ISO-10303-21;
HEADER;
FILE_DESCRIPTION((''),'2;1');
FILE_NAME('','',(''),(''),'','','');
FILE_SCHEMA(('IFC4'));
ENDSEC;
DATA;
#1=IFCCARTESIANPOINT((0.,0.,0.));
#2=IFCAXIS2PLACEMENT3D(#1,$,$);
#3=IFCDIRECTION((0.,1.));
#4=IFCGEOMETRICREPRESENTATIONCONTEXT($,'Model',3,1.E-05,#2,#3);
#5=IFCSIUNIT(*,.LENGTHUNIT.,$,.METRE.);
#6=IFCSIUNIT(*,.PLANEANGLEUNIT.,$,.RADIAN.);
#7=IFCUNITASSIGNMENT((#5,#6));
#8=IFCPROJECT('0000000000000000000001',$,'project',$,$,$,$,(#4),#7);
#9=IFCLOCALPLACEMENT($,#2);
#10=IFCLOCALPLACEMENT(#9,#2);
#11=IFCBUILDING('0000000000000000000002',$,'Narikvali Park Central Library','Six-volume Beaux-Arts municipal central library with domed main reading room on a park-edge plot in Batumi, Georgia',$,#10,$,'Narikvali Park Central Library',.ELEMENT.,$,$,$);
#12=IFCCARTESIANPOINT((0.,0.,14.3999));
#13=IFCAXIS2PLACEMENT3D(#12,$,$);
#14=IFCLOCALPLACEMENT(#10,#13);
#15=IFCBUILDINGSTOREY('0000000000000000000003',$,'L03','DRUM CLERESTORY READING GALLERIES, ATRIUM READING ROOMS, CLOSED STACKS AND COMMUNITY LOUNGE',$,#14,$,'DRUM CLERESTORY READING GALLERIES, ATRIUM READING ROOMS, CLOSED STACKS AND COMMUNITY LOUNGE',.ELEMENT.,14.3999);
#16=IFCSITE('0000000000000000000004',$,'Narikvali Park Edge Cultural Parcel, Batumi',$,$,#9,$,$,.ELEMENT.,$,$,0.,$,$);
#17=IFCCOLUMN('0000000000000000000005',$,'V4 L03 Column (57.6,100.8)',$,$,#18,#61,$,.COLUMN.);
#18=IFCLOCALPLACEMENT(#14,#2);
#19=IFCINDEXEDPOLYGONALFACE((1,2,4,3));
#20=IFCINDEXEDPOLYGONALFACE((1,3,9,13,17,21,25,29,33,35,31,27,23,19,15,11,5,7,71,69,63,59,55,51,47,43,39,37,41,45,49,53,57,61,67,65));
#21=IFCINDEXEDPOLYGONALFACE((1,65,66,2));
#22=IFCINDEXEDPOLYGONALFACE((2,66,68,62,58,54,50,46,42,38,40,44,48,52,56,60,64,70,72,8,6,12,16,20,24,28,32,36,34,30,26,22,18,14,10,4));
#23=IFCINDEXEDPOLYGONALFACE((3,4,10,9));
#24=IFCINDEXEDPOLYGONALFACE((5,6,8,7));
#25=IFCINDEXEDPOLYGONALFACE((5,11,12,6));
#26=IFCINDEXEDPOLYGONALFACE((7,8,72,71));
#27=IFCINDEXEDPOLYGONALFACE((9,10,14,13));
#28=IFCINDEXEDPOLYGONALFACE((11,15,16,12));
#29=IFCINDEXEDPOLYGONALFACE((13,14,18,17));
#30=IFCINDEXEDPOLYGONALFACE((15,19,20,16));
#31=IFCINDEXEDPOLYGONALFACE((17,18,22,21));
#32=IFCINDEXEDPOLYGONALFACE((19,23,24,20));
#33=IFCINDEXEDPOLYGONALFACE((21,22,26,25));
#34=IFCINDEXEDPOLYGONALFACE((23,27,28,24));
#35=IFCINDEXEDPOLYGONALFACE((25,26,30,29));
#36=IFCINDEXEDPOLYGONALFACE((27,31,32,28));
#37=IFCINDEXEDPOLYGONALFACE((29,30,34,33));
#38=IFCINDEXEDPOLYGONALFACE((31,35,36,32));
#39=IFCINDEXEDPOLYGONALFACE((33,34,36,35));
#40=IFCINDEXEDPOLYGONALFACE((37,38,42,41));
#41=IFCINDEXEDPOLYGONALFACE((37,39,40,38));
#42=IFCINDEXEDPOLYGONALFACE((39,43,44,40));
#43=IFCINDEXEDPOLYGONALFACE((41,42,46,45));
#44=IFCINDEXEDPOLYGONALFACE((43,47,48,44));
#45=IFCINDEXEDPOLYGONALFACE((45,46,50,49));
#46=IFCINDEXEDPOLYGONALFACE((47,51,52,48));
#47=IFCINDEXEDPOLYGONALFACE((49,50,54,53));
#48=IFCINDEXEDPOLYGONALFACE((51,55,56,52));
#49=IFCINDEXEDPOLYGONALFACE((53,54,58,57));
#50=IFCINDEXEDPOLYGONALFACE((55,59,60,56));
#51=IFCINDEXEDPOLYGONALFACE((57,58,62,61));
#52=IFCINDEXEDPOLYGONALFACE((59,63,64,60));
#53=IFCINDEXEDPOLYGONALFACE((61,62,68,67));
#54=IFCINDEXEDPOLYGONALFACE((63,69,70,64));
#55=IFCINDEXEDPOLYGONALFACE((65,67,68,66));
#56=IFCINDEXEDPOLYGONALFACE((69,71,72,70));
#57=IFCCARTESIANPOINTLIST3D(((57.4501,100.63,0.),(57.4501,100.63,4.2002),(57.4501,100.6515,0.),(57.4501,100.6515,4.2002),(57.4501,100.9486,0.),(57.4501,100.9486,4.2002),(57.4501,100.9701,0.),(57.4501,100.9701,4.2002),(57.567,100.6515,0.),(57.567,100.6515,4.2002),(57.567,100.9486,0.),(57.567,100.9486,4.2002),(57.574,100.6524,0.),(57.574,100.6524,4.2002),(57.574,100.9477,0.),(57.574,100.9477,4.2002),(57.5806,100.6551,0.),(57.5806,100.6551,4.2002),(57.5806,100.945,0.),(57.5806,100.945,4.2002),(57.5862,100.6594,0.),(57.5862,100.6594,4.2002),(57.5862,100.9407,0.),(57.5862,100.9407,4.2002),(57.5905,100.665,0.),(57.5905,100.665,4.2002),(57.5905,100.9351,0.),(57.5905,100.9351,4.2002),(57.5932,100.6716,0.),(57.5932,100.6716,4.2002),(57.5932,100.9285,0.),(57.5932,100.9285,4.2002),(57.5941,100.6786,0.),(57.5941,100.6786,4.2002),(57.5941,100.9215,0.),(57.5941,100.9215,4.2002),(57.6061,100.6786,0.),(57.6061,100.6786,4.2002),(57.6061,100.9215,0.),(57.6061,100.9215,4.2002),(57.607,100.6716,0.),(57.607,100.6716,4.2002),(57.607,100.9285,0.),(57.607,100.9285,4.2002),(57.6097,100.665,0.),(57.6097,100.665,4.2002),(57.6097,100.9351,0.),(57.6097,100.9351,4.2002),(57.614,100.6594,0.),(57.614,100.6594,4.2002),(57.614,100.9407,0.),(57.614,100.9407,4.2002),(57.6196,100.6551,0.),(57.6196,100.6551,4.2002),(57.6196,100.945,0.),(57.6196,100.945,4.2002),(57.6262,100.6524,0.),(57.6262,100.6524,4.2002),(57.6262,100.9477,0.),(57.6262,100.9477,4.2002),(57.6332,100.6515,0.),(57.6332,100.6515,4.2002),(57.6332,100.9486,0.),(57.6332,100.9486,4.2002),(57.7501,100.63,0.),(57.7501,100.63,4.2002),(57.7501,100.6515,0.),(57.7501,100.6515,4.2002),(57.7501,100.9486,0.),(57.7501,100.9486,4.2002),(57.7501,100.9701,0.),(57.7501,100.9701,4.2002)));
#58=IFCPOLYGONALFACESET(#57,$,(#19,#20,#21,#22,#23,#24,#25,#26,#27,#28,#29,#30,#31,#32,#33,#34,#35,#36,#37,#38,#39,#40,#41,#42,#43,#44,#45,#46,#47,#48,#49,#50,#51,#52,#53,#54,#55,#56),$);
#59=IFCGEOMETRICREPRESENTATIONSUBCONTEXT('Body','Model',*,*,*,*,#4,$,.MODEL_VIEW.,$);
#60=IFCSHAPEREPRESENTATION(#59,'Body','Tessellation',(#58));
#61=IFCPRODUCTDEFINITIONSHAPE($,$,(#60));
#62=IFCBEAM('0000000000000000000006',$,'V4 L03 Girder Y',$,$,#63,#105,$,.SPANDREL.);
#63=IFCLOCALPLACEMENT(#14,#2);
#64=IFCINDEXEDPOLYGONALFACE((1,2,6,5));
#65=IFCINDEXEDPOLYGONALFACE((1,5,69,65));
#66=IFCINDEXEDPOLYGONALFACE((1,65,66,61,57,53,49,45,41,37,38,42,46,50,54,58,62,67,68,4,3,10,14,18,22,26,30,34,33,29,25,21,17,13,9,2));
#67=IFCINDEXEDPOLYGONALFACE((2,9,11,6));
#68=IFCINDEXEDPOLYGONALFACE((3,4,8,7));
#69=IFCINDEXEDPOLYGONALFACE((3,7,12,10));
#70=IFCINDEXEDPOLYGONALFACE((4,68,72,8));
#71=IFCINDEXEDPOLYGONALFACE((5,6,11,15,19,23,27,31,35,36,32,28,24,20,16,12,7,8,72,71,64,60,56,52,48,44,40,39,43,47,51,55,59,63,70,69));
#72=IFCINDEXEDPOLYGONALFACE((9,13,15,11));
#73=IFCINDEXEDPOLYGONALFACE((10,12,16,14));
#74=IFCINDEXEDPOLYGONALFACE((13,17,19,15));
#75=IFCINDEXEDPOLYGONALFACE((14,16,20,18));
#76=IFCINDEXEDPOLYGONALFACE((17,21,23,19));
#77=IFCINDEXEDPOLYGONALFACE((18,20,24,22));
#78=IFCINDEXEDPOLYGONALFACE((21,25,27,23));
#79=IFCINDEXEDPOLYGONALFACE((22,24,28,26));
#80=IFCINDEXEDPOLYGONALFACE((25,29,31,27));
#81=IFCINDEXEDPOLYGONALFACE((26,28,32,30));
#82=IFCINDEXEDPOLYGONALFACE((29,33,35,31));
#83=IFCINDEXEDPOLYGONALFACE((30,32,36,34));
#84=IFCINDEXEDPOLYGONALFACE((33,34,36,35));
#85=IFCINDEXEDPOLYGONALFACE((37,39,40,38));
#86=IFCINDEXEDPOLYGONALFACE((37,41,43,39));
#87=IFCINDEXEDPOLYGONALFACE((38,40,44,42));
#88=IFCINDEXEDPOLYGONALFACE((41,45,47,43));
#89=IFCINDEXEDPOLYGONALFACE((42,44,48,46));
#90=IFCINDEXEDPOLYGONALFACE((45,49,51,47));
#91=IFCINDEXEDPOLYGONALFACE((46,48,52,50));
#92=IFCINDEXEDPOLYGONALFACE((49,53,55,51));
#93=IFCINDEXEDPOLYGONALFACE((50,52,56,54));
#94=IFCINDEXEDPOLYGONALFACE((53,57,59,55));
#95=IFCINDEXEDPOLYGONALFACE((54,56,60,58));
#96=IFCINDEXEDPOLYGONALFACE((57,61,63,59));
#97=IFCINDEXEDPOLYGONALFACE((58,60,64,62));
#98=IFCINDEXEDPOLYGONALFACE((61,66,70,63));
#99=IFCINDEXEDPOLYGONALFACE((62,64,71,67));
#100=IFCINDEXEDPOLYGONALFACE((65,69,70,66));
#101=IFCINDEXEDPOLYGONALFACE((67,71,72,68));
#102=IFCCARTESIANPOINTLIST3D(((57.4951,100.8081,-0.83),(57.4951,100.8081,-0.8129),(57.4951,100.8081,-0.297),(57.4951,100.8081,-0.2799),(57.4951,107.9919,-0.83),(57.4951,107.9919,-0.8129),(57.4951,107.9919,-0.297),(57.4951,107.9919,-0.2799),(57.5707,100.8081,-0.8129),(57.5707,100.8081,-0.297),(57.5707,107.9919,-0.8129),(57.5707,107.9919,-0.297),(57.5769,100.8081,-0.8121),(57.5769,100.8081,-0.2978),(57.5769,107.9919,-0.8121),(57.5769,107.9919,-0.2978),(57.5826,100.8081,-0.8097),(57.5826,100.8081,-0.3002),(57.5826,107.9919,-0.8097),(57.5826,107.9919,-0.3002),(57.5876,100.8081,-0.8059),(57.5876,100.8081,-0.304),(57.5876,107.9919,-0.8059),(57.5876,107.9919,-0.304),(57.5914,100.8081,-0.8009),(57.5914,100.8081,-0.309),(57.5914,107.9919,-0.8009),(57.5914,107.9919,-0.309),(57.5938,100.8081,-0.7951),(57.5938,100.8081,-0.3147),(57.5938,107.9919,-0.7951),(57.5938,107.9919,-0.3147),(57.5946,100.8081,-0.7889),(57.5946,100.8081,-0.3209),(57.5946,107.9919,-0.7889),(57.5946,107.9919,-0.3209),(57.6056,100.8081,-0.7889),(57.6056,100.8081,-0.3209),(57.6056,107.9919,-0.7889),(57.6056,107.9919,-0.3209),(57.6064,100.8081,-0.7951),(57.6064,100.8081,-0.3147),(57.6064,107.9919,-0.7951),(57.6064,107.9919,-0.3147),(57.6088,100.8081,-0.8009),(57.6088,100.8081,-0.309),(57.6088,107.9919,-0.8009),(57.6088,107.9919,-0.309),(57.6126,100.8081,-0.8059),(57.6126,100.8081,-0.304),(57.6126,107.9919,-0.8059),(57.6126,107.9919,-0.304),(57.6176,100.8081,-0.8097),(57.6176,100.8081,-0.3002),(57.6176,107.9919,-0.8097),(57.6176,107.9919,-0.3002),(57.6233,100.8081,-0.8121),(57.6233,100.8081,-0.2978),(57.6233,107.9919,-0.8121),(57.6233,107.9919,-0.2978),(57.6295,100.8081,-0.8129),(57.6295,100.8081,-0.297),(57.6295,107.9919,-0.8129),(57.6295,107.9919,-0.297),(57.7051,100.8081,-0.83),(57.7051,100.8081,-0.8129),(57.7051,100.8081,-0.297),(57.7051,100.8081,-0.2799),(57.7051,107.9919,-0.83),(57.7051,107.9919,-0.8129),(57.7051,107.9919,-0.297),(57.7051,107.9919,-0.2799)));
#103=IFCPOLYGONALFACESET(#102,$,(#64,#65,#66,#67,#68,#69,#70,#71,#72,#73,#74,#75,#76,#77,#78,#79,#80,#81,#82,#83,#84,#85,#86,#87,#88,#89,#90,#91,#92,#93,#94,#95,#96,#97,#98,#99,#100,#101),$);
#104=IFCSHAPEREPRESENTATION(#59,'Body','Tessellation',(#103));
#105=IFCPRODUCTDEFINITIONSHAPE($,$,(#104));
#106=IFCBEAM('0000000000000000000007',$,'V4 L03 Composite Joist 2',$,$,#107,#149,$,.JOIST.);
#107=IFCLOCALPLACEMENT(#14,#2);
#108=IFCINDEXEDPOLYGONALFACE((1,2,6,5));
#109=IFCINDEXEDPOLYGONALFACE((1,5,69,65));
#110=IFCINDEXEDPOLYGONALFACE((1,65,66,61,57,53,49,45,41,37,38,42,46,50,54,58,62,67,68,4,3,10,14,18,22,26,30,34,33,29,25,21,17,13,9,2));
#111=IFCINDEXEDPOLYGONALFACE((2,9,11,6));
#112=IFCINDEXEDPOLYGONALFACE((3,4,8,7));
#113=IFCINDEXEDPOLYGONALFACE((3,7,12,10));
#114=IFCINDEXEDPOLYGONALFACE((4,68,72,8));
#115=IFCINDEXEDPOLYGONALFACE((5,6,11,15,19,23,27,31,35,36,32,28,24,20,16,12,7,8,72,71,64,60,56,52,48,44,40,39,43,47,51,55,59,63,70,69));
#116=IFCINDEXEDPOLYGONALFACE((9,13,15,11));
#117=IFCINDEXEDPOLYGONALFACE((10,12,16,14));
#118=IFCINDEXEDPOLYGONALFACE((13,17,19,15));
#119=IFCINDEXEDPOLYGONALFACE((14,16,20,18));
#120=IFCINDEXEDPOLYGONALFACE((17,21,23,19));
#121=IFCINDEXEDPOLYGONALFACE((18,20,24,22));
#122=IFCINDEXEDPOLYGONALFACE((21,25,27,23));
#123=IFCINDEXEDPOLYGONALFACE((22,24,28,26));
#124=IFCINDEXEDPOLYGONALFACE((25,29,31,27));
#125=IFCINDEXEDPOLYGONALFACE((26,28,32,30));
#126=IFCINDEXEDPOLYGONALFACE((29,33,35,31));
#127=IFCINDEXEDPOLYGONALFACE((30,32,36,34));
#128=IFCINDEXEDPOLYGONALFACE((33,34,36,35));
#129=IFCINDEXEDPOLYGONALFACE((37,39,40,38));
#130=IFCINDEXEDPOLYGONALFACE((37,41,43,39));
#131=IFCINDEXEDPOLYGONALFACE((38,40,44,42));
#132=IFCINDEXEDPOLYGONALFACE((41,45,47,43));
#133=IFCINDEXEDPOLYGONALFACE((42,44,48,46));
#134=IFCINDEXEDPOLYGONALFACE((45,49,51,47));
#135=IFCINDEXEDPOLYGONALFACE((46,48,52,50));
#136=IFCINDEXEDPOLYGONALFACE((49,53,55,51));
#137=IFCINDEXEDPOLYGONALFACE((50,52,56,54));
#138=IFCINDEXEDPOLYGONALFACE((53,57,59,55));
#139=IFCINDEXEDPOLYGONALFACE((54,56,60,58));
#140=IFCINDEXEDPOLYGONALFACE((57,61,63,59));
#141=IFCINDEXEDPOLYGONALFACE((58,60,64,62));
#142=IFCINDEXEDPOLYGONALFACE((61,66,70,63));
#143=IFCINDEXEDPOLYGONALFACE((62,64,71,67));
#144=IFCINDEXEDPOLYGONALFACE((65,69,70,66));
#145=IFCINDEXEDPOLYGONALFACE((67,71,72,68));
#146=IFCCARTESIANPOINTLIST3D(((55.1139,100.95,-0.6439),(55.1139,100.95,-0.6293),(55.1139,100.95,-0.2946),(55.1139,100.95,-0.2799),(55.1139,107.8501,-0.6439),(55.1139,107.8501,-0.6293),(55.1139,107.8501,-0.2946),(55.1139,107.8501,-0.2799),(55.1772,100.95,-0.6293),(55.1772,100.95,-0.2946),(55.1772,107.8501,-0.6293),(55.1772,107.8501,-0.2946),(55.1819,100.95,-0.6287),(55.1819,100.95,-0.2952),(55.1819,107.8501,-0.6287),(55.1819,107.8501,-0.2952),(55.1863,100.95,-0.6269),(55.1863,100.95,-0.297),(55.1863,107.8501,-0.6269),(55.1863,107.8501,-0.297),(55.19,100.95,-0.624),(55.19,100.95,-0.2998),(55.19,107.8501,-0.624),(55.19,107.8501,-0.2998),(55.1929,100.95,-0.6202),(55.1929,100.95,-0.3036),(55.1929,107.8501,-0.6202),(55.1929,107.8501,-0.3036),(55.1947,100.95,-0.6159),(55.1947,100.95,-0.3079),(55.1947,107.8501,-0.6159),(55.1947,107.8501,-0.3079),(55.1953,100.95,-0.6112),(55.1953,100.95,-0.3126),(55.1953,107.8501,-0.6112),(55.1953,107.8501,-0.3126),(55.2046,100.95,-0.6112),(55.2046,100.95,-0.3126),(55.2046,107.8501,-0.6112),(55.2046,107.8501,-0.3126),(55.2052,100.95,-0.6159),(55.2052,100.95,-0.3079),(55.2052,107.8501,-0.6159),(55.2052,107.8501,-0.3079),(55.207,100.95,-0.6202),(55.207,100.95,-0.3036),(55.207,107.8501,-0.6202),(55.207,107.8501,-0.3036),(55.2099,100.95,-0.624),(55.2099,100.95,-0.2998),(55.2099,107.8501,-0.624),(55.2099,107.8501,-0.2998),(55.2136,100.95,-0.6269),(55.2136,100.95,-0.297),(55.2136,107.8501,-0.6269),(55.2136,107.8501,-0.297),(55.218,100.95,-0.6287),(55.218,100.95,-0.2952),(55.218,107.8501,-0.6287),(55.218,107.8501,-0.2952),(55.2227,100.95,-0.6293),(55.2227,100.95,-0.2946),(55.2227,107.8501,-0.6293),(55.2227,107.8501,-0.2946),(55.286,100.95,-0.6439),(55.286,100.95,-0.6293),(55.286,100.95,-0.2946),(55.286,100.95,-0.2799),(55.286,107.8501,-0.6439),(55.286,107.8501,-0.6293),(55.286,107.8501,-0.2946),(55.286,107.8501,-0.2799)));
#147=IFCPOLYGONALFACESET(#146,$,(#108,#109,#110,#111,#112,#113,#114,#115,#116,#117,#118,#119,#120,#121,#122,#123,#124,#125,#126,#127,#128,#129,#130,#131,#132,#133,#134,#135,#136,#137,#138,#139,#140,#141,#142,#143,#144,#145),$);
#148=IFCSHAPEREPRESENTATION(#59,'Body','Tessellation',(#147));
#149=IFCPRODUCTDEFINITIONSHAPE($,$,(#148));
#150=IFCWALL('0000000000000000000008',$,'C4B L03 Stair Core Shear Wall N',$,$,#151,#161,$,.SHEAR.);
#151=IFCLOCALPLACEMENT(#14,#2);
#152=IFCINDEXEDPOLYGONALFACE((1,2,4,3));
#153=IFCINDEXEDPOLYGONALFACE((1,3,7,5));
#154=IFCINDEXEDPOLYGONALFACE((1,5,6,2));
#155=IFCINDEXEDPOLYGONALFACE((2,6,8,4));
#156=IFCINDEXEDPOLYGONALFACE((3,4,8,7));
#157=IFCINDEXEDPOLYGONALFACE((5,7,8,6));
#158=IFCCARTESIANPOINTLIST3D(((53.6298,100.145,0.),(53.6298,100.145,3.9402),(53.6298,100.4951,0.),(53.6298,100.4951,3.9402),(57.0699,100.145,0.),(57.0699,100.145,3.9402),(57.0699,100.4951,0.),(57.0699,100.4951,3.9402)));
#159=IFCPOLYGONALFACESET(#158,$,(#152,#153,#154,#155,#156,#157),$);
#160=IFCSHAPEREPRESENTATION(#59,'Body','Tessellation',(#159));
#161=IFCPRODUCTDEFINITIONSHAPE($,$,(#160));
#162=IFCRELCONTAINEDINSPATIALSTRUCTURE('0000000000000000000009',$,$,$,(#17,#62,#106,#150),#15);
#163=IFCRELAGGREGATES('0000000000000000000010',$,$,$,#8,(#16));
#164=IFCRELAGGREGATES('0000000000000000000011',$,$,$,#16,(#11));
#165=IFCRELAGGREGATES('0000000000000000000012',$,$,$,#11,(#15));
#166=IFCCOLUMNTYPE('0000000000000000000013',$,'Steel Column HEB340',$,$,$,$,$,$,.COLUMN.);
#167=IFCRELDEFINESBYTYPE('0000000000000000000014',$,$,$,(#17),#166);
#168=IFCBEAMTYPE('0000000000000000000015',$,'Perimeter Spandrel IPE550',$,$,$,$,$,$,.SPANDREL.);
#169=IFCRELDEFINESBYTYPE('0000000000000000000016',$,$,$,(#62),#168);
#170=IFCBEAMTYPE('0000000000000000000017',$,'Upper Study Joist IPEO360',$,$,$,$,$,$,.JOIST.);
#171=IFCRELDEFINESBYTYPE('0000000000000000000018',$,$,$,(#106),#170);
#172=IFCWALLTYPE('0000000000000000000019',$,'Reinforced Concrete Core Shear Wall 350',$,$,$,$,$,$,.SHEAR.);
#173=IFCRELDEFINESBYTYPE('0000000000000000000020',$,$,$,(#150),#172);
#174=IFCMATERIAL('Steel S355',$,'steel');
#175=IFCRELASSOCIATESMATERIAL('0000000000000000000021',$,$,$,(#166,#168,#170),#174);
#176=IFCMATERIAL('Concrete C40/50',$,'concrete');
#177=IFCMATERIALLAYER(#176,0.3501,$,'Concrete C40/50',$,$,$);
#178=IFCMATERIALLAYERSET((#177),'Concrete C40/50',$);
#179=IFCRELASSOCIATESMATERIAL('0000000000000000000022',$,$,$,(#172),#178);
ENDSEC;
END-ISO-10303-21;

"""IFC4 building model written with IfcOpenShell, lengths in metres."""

from ifc_helpers import new_model, si_unit, direction, frame, frame_2d, origin, origin_2d, place, context, subcontext, project, spatial, rectangle, i_section, extrude, material, layer, layer_set, material_profile, profile_set, type_object, element, save


model = new_model("IFC4")

# Units and contexts
model_context = context("Model", 3, precision=1e-05, world=origin(), true_north=direction((0.0, 1.0)))
body_context = subcontext(model_context, "Body", "Model", "MODEL_VIEW")
ifc_project = project(units=[si_unit("LENGTHUNIT", "METRE"), si_unit("PLANEANGLEUNIT", "RADIAN")], contexts=[model_context])

# Site, building, storey
site_placement = place(None, origin())
site = spatial("IfcSite", under=ifc_project, at=site_placement, Name="Narikvali Park Edge Cultural Parcel, Batumi", CompositionType="ELEMENT", RefElevation=0.0)
building_placement = place(site_placement, origin())
building = spatial("IfcBuilding", under=site, at=building_placement, Name="Narikvali Park Central Library", Description="Six-volume Beaux-Arts municipal central library with domed main reading room on a park-edge plot in Batumi, Georgia", LongName="Narikvali Park Central Library", CompositionType="ELEMENT")
storey_placement = place(building_placement, frame((0.0, 0.0, 14.3999)))
storey = spatial("IfcBuildingStorey", under=building, at=storey_placement, Name="L03", Description="DRUM CLERESTORY READING GALLERIES, ATRIUM READING ROOMS, CLOSED STACKS AND COMMUNITY LOUNGE", LongName="DRUM CLERESTORY READING GALLERIES, ATRIUM READING ROOMS, CLOSED STACKS AND COMMUNITY LOUNGE", CompositionType="ELEMENT", Elevation=14.3999)

# Column
ifc_material_1 = material(Name="Steel S355", Category="steel")
ifc_material_profile_1 = material_profile(ifc_material_1, i_section(OverallWidth=0.3, OverallDepth=0.3401, WebThickness=0.012, FlangeThickness=0.0215, FilletRadius=0.0271, at=origin_2d()), Name="HEB 340")
ifc_profile_set_1 = profile_set([ifc_material_profile_1], Name="Steel S355")
column_type = type_object("IfcColumnType", Name="Steel Column HEB340", PredefinedType="COLUMN", material=ifc_profile_set_1)
column_placement = place(storey_placement, frame((57.6001, 100.8, 0.0), z_axis=(0.0, 0.0, 1.0), x_axis=(1.0, 0.0, 0.0)))
element("IfcColumn", 1, at=column_placement, inside=storey, type_object=column_type, Name="V4 L03 Column (57.6,100.8)", PredefinedType="COLUMN", context=body_context, shape_type="SweptSolid", body=[
    extrude(i_section(OverallWidth=0.3, OverallDepth=0.3401, WebThickness=0.012, FlangeThickness=0.0215, FilletRadius=0.0271, at=origin_2d()), origin(), (0.0, 0.0, 1.0), 4.2002),
])

# Beams
ifc_material_profile_2 = material_profile(ifc_material_1, i_section(OverallWidth=0.21, OverallDepth=0.55, WebThickness=0.011, FlangeThickness=0.0171, FilletRadius=0.0239, at=origin_2d()), Name="IPE 550")
ifc_profile_set_2 = profile_set([ifc_material_profile_2], Name="Steel S355")
beam_type_1 = type_object("IfcBeamType", Name="Perimeter Spandrel IPE550", PredefinedType="SPANDREL", material=ifc_profile_set_2)
beam_1_placement = place(storey_placement, frame((57.6001, 100.8081, -0.5549), z_axis=(0.0, 1.0, 0.0), x_axis=(-1.0, 0.0, 0.0)))
element("IfcBeam", 2, at=beam_1_placement, inside=storey, type_object=beam_type_1, Name="V4 L03 Girder Y", PredefinedType="SPANDREL", context=body_context, shape_type="SweptSolid", body=[
    extrude(i_section(OverallWidth=0.21, OverallDepth=0.55, WebThickness=0.011, FlangeThickness=0.0171, FilletRadius=0.0239, at=origin_2d()), origin(), (0.0, 0.0, 1.0), 7.1838),
])
ifc_material_profile_3 = material_profile(ifc_material_1, i_section(OverallWidth=0.1721, OverallDepth=0.364, WebThickness=0.0093, FlangeThickness=0.0146, FilletRadius=0.0181, at=origin_2d()), Name="IPEO 360")
ifc_profile_set_3 = profile_set([ifc_material_profile_3], Name="Steel S355")
beam_type_2 = type_object("IfcBeamType", Name="Upper Study Joist IPEO360", PredefinedType="JOIST", material=ifc_profile_set_3)
beam_2_placement = place(storey_placement, frame((55.2, 100.95, -0.4619), z_axis=(0.0, 1.0, 0.0), x_axis=(-1.0, 0.0, 0.0)))
element("IfcBeam", 3, at=beam_2_placement, inside=storey, type_object=beam_type_2, Name="V4 L03 Composite Joist 2", PredefinedType="JOIST", context=body_context, shape_type="SweptSolid", body=[
    extrude(i_section(OverallWidth=0.1721, OverallDepth=0.364, WebThickness=0.0093, FlangeThickness=0.0146, FilletRadius=0.0181, at=origin_2d()), origin(), (0.0, 0.0, 1.0), 6.9001),
])

# Wall
ifc_material_2 = material(Name="Concrete C40/50", Category="concrete")
ifc_layer_1 = layer(ifc_material_2, 0.3501, Name="Concrete C40/50")
ifc_layer_set_1 = layer_set([ifc_layer_1], Name="Concrete C40/50")
wall_type_1 = type_object("IfcWallType", Name="Reinforced Concrete Core Shear Wall 350", PredefinedType="SHEAR", material=ifc_layer_set_1)
wall_1_placement = place(storey_placement, frame((57.0701, 100.3201, 0.0), z_axis=(0.0, 0.0, 1.0), x_axis=(-1.0, 0.0, 0.0)))
element("IfcWall", 4, at=wall_1_placement, inside=storey, type_object=wall_type_1, Name="C4B L03 Stair Core Shear Wall N", PredefinedType="SHEAR", context=body_context, shape_type="SweptSolid", body=[
    extrude(rectangle(XDim=3.4402, YDim=0.3501, at=frame_2d((1.7202, 0.0))), origin(), (0.0, 0.0, 1.0), 3.9402),
])

save(model, "model.ifc")
